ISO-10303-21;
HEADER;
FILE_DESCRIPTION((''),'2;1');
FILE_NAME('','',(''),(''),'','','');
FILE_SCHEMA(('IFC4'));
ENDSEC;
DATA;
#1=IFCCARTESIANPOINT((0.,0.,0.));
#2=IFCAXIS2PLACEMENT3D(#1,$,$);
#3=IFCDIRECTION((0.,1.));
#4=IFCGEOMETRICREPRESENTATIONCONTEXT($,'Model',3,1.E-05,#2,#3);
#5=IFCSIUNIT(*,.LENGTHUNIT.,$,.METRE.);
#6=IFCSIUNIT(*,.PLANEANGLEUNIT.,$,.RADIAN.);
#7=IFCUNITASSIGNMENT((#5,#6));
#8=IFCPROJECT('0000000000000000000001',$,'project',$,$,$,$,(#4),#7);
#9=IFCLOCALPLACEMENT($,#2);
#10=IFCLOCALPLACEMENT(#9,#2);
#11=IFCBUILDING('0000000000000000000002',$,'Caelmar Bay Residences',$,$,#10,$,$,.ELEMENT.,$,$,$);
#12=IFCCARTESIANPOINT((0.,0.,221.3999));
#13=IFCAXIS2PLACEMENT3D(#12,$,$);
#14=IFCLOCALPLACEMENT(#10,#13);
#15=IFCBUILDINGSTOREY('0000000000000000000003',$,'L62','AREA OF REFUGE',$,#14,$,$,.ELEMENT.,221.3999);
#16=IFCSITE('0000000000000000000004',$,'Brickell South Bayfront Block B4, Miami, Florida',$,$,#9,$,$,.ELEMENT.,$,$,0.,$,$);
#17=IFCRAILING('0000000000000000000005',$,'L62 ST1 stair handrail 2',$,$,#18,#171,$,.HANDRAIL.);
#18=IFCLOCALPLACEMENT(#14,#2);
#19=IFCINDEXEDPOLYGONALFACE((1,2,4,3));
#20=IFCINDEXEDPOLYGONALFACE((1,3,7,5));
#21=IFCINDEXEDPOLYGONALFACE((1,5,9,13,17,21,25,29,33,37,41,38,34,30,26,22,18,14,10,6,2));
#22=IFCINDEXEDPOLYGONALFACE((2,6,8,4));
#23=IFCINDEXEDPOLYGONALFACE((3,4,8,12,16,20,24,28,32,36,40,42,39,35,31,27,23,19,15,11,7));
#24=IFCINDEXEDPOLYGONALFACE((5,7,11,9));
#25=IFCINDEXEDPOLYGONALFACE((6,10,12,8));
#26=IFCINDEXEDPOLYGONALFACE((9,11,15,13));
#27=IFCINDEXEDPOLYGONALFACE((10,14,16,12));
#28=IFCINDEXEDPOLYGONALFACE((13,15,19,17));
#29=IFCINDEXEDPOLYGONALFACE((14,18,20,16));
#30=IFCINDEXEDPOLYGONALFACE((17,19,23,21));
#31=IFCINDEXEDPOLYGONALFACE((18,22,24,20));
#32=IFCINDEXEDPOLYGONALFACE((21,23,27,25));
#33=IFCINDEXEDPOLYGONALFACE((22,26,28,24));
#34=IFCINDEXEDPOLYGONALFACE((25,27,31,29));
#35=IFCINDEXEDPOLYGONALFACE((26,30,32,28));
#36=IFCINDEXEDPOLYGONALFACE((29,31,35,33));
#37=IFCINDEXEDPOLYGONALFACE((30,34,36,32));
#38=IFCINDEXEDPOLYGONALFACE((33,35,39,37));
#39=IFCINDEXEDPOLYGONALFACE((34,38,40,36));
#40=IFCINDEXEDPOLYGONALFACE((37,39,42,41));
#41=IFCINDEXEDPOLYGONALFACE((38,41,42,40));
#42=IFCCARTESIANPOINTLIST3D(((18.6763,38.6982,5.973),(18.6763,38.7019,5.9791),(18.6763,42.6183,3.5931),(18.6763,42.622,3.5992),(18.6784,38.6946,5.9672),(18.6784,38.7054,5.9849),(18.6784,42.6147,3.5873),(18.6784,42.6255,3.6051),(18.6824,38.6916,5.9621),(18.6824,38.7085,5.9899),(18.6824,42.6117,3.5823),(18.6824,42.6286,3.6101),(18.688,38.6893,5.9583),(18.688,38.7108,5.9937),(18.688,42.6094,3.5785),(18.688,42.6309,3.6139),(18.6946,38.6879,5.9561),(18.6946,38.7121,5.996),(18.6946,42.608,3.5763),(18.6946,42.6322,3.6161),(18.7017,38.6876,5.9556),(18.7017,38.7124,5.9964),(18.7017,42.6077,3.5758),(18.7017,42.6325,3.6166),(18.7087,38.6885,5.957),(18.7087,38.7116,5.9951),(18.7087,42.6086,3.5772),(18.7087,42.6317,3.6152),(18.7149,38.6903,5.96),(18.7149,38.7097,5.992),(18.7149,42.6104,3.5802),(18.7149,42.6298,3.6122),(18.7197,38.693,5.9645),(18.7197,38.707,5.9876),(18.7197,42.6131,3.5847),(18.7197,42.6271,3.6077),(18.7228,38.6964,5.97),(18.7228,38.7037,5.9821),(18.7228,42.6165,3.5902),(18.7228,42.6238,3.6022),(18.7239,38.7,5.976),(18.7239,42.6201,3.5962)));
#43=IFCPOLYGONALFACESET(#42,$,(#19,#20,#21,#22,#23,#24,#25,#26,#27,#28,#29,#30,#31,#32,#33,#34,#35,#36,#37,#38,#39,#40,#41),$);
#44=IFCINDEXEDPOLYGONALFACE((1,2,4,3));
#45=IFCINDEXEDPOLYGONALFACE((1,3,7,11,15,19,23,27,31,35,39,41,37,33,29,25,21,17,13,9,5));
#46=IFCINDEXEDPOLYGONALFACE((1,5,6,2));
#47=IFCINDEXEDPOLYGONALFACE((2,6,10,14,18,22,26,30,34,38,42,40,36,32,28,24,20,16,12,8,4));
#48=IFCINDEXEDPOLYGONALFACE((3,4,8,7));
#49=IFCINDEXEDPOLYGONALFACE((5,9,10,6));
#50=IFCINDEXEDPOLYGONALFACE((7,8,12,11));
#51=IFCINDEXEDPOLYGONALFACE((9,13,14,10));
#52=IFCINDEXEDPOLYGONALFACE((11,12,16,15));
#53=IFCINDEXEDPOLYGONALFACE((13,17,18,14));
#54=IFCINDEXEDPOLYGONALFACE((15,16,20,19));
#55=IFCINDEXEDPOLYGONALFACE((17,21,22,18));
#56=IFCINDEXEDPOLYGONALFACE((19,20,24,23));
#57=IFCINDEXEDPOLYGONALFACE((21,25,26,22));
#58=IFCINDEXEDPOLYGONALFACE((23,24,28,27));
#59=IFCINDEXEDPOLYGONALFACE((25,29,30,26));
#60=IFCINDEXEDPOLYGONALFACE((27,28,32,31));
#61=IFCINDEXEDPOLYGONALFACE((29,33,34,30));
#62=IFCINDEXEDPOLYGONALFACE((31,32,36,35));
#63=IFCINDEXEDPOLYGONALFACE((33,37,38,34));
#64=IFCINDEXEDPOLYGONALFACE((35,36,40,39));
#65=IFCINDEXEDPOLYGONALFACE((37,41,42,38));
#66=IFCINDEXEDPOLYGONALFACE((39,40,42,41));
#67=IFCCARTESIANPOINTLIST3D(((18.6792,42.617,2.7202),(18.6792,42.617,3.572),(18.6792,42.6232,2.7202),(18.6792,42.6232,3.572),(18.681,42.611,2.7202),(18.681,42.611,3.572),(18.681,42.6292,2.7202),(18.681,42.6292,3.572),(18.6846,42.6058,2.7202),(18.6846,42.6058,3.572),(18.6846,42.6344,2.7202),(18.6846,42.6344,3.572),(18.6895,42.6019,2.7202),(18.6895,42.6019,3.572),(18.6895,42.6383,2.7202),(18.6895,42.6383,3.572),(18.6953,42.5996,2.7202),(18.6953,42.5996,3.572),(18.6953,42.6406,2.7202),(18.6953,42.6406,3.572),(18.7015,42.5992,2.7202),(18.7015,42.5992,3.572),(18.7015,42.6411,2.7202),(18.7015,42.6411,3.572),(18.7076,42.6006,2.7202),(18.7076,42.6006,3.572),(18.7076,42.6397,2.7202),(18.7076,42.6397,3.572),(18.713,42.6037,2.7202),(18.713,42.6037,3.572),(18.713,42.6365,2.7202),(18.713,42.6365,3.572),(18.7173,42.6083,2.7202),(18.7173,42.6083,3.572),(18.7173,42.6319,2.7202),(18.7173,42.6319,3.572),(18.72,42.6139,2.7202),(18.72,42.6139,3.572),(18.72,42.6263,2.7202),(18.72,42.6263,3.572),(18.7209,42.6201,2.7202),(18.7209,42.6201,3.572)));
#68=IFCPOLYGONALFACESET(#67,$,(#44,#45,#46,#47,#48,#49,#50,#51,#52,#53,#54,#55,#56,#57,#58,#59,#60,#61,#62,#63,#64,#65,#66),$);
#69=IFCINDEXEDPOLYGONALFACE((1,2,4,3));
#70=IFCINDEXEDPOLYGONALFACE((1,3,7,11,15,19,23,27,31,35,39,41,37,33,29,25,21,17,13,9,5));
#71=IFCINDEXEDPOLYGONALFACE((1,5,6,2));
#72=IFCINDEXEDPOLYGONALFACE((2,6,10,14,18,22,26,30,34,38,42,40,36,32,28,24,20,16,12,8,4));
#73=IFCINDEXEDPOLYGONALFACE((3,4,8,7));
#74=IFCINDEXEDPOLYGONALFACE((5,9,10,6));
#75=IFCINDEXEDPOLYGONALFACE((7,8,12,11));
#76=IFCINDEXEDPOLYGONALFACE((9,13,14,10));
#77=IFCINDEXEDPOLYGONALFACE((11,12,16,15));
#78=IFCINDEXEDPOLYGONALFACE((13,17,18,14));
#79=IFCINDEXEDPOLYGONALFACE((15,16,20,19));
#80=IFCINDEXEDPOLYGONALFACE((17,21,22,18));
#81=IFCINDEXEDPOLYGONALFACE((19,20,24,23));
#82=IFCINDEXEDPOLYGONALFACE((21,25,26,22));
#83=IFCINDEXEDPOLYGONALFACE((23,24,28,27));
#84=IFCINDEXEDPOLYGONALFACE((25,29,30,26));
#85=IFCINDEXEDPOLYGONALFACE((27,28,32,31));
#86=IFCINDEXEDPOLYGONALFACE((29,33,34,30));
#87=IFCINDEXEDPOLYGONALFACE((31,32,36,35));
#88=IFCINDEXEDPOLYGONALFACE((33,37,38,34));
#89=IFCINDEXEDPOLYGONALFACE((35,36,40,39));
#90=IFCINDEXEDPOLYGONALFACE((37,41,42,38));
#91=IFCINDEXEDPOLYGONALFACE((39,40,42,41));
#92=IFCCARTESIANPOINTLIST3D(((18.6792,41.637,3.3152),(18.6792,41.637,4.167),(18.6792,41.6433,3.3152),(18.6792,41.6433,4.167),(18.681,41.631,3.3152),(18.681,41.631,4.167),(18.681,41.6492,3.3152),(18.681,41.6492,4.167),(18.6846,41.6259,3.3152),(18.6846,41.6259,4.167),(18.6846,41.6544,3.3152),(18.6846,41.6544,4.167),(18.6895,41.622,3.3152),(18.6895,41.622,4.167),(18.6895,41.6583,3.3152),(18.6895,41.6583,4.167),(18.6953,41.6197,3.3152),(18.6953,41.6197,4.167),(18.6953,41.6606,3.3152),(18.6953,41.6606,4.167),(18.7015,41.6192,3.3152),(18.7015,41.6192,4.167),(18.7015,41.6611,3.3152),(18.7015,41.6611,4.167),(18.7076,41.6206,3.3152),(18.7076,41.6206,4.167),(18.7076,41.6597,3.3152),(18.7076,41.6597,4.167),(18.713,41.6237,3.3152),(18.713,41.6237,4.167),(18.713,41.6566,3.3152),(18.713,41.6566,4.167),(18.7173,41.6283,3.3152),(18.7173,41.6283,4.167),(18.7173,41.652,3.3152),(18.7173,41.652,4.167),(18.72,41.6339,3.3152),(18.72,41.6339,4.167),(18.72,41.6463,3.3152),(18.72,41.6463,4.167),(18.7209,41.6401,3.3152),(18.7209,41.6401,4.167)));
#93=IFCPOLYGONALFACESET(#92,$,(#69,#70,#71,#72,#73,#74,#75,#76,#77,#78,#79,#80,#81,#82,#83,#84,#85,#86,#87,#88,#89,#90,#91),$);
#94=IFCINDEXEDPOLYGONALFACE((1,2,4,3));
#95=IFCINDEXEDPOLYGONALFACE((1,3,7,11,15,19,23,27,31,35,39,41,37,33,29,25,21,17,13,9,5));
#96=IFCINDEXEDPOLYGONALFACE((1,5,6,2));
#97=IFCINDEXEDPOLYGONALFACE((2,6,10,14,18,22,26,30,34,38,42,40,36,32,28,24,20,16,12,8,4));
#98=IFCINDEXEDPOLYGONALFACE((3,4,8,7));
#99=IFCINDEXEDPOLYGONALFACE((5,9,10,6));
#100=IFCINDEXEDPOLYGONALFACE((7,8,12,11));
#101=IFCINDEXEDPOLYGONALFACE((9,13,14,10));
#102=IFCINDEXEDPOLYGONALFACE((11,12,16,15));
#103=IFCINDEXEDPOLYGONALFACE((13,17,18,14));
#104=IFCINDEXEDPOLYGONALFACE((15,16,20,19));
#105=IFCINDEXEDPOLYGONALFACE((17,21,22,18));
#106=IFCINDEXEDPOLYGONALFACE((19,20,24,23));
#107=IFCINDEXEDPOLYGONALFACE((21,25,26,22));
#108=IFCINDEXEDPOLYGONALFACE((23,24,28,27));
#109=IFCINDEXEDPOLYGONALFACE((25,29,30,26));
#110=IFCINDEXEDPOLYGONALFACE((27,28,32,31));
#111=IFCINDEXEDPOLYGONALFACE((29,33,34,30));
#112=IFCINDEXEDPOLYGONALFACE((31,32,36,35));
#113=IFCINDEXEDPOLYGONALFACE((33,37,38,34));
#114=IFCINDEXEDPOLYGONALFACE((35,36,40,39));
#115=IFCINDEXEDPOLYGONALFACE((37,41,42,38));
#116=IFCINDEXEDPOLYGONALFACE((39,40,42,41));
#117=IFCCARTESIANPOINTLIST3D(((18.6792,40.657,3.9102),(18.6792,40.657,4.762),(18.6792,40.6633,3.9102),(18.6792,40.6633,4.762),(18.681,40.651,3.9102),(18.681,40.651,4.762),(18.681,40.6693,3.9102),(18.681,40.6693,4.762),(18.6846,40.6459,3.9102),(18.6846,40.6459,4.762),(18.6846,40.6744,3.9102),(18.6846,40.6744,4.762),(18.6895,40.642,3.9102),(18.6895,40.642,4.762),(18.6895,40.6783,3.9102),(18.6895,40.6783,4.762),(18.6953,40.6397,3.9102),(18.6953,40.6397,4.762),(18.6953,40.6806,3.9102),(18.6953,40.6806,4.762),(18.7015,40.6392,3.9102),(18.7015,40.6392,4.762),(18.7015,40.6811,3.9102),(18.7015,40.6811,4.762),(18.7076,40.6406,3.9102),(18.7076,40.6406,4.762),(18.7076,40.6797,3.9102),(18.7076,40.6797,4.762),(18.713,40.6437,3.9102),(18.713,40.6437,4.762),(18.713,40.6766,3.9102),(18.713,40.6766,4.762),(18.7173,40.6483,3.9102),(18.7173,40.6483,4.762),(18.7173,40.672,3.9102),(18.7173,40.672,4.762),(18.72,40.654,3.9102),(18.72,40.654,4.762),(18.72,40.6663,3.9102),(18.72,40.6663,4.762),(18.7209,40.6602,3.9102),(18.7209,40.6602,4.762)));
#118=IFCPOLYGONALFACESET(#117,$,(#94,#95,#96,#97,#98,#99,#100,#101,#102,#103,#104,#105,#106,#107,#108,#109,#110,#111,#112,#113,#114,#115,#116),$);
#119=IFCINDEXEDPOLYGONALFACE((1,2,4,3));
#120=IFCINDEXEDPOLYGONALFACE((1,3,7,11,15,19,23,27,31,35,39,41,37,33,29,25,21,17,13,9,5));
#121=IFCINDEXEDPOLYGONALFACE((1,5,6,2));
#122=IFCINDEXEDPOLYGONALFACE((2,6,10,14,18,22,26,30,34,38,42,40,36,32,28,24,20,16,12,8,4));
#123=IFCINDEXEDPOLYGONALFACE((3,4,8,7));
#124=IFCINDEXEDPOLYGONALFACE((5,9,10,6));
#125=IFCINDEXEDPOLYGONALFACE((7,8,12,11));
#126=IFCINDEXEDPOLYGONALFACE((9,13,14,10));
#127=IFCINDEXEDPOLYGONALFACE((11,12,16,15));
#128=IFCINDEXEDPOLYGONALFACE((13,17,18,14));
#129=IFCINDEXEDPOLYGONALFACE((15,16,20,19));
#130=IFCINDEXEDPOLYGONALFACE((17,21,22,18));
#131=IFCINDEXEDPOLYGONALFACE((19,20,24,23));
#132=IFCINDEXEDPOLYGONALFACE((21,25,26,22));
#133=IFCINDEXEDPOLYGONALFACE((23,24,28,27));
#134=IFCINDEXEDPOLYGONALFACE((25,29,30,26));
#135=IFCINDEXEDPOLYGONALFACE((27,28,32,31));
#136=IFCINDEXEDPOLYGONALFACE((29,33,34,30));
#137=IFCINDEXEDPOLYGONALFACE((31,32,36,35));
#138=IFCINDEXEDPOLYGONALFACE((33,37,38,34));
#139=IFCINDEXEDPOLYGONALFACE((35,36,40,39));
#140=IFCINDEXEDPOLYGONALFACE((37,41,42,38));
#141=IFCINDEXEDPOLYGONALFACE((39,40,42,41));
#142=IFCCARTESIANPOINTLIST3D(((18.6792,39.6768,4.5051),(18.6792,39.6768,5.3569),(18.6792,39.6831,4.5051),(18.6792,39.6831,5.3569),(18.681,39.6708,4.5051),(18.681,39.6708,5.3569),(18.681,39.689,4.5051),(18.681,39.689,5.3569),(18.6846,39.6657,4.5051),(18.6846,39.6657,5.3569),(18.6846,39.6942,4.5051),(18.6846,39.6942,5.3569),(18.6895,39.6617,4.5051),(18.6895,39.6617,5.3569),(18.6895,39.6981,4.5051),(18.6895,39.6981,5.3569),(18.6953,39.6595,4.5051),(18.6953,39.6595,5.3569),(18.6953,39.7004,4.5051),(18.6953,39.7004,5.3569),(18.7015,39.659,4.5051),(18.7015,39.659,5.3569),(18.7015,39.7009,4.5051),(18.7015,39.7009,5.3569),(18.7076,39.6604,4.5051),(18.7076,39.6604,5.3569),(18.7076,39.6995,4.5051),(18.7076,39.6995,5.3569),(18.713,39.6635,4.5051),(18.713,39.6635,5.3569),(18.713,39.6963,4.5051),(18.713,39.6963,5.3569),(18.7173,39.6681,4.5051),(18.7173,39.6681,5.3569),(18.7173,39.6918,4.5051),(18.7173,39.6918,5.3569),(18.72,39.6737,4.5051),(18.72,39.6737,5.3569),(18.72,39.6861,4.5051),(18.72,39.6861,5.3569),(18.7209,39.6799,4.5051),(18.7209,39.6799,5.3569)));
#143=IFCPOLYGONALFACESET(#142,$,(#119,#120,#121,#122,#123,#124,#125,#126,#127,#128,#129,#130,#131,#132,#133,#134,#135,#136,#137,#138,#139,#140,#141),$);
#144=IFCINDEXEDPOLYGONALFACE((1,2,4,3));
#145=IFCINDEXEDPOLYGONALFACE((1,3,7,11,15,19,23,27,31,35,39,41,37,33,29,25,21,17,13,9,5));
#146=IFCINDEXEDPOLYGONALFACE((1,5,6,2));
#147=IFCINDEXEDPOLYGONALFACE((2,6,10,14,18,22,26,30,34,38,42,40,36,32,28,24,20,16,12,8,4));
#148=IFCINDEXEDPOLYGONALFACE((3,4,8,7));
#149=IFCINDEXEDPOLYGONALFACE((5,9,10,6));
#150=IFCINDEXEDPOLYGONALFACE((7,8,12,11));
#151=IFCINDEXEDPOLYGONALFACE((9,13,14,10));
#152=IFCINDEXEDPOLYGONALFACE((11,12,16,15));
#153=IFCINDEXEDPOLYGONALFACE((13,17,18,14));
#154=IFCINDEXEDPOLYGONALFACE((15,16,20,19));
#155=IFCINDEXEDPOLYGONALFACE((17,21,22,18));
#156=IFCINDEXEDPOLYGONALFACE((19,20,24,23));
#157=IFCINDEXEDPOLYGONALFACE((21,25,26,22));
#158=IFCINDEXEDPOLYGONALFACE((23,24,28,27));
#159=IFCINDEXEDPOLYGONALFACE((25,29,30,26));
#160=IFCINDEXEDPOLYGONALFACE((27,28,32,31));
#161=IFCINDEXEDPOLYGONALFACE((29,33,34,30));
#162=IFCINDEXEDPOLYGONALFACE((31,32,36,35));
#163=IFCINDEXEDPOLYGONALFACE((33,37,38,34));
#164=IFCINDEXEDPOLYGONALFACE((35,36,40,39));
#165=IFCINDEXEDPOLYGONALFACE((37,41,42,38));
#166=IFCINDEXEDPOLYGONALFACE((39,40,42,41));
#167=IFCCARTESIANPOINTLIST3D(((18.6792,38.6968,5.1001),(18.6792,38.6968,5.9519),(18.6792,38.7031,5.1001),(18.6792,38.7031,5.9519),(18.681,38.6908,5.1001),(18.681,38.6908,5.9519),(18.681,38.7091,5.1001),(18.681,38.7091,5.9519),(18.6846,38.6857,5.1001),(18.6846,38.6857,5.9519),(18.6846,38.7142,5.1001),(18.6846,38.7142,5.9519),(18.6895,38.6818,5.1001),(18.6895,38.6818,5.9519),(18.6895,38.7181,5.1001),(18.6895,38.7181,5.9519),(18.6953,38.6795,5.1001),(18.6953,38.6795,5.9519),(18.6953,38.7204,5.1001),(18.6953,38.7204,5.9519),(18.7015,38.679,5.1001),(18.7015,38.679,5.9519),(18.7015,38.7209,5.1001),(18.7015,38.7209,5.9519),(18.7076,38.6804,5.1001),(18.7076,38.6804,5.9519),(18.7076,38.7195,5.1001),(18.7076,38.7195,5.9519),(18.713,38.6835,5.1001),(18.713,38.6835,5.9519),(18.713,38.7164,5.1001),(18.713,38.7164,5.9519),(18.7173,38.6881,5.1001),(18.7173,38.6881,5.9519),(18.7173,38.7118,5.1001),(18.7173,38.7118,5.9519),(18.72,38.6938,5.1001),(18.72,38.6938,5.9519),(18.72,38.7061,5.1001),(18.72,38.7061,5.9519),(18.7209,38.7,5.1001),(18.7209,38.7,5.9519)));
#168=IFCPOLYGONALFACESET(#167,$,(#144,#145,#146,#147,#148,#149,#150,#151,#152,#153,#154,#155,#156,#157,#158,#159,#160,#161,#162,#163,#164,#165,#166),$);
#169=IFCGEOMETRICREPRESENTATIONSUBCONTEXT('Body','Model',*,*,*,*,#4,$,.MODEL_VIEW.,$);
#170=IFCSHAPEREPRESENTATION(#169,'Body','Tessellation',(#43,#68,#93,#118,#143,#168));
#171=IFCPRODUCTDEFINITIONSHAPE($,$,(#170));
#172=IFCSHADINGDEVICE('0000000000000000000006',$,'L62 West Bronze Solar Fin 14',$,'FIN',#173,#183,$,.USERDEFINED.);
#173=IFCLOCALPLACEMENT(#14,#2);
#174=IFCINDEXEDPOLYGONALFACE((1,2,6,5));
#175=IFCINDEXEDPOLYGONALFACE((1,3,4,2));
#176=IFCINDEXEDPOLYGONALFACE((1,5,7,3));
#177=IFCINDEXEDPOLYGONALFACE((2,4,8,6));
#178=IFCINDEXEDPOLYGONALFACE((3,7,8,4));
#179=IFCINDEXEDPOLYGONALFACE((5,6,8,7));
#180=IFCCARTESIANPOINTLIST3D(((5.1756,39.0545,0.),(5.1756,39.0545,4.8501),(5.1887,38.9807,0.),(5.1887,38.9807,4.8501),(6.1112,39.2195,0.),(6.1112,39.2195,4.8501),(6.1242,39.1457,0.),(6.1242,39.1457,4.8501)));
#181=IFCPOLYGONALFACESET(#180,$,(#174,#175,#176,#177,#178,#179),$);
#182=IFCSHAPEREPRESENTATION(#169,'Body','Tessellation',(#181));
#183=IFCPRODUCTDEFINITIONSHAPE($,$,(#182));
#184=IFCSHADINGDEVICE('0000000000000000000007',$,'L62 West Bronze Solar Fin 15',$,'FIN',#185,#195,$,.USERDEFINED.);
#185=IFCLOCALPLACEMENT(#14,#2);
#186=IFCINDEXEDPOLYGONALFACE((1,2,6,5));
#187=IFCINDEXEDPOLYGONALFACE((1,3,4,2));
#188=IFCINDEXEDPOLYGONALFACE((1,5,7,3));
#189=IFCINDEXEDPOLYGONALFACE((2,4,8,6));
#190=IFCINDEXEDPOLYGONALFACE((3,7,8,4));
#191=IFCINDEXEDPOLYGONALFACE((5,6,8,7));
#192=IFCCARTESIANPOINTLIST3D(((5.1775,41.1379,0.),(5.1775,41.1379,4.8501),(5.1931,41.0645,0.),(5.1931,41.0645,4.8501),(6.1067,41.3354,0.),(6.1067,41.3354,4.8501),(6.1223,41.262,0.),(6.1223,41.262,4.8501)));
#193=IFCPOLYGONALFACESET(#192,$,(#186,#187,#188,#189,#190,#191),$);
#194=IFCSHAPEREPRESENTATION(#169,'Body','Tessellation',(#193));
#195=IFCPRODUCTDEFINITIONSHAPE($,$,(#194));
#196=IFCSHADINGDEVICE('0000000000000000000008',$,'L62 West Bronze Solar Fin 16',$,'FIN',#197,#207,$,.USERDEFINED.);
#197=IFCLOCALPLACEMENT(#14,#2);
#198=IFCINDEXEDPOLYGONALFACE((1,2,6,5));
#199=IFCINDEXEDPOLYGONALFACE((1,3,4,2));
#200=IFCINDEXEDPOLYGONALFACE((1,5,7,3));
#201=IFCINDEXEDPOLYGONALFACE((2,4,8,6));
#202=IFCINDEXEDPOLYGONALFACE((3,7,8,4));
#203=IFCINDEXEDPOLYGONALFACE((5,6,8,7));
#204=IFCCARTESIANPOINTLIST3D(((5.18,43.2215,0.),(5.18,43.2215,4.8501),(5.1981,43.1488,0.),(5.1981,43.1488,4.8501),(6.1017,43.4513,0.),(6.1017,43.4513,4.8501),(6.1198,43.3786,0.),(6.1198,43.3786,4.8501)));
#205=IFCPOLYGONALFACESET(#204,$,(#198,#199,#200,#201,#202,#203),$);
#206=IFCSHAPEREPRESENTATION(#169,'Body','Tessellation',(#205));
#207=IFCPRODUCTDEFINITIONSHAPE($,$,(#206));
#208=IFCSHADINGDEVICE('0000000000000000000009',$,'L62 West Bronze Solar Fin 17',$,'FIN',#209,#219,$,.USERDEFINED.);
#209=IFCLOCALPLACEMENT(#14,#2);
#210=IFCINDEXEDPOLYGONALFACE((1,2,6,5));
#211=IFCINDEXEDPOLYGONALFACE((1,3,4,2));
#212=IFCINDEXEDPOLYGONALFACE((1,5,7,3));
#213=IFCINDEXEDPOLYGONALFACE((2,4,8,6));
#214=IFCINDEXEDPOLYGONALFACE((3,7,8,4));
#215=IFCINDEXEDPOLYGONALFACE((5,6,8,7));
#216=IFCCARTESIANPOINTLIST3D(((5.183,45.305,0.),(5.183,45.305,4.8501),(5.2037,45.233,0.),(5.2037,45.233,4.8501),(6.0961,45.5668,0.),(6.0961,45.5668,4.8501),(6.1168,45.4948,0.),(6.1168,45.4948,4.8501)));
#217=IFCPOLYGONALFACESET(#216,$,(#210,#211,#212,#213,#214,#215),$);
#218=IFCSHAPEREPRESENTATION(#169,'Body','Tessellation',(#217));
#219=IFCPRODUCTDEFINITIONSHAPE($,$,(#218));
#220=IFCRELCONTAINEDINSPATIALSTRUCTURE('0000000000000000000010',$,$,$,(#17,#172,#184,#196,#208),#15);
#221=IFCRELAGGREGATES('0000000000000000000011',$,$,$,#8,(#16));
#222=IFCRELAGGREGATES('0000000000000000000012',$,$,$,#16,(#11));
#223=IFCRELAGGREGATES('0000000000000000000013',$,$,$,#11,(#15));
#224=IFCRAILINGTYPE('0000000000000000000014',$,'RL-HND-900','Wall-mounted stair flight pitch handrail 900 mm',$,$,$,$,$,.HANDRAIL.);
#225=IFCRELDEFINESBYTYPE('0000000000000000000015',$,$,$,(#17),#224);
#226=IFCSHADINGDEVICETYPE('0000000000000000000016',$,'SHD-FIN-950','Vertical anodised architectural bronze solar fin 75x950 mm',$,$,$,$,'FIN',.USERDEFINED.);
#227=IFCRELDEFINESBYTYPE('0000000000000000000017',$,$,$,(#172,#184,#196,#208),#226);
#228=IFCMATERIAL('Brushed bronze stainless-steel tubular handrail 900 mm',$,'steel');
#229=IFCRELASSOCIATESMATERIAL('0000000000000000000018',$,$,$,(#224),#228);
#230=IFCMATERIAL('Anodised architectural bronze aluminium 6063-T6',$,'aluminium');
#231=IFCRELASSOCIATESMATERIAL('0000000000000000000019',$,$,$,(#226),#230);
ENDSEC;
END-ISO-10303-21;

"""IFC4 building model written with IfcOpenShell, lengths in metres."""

from ifc_helpers import new_model, si_unit, direction, frame, origin, origin_2d, place, context, subcontext, project, spatial, rectangle, circle, extrude, material, material_profile, profile_set, type_object, element, save


model = new_model("IFC4")

# Units and contexts
model_context = context("Model", 3, precision=1e-05, world=origin(), true_north=direction((0.0, 1.0)))
body_context = subcontext(model_context, "Body", "Model", "MODEL_VIEW")
ifc_project = project(units=[si_unit("LENGTHUNIT", "METRE"), si_unit("PLANEANGLEUNIT", "RADIAN")], contexts=[model_context])

# Site, building, storey
site_placement = place(None, origin())
site = spatial("IfcSite", under=ifc_project, at=site_placement, Name="Brickell South Bayfront Block B4, Miami, Florida", CompositionType="ELEMENT", RefElevation=0.0)
building_placement = place(site_placement, origin())
building = spatial("IfcBuilding", under=site, at=building_placement, Name="Caelmar Bay Residences", CompositionType="ELEMENT")
storey_placement = place(building_placement, frame((0.0, 0.0, 221.3999)))
storey = spatial("IfcBuildingStorey", under=building, at=storey_placement, Name="L62", Description="AREA OF REFUGE", CompositionType="ELEMENT", Elevation=221.3999)

# Railing
ifc_material_1 = material(Name="Brushed bronze stainless-steel tubular handrail 900 mm", Category="steel")
railing_type = type_object("IfcRailingType", Name="RL-HND-900", Description="Wall-mounted stair flight pitch handrail 900 mm", PredefinedType="HANDRAIL", material=ifc_material_1)
railing_placement = place(storey_placement, frame((18.7, 42.6201, 2.7202)))
element("IfcRailing", 1, at=railing_placement, inside=storey, type_object=railing_type, Name="L62 ST1 stair handrail 2", PredefinedType="HANDRAIL", context=body_context, shape_type="SweptSolid", body=[
    extrude(circle(Radius=0.0239, at=origin_2d()), frame((0.0, 0.0, 0.876), z_axis=(0.0, -0.854809, 0.518943), x_axis=(1.0, 0.0, 0.0)), (0.0, 0.0, 1.0), 4.5859),
    extrude(circle(Radius=0.021, at=origin_2d()), origin(), (0.0, 0.0, 1.0), 0.8518),
    extrude(circle(Radius=0.021, at=origin_2d()), frame((0.0, -0.98, 0.595)), (0.0, 0.0, 1.0), 0.8518),
    extrude(circle(Radius=0.021, at=origin_2d()), frame((0.0, -1.96, 1.1899)), (0.0, 0.0, 1.0), 0.8518),
    extrude(circle(Radius=0.021, at=origin_2d()), frame((0.0, -2.9402, 1.7849)), (0.0, 0.0, 1.0), 0.8518),
    extrude(circle(Radius=0.021, at=origin_2d()), frame((0.0, -3.9202, 2.3799)), (0.0, 0.0, 1.0), 0.8518),
])

# Shading devices
ifc_material_2 = material(Name="Anodised architectural bronze aluminium 6063-T6", Category="aluminium")
ifc_material_profile_1 = material_profile(ifc_material_2, rectangle(XDim=0.075, YDim=0.95, at=origin_2d()), Name="BRONZE-FIN-75X950")
ifc_profile_set_1 = profile_set([ifc_material_profile_1], Name="Anodised architectural bronze aluminium 6063-T6")
shading_device_type = type_object("IfcShadingDeviceType", Name="SHD-FIN-950", Description="Vertical anodised architectural bronze solar fin 75x950 mm", ElementType="FIN", PredefinedType="USERDEFINED", material=ifc_profile_set_1)
for number, where, z_axis, x_axis, name in (
    (2, (5.6499, 39.1001, 0.0), (0.0, 0.0, 1.0), (-0.173648, 0.984808, 0.0), "L62 West Bronze Solar Fin 14"),
    (3, (5.6499, 41.2, 0.0), (0.0, 0.0, 1.0), (-0.207912, 0.978148, 0.0), "L62 West Bronze Solar Fin 15"),
    (4, (5.6499, 43.3, 0.0), (0.0, 0.0, 1.0), (-0.241922, 0.970296, 0.0), "L62 West Bronze Solar Fin 16"),
    (5, (5.6499, 45.3999, 0.0), (0.0, 0.0, 1.0), (-0.275637, 0.961262, 0.0), "L62 West Bronze Solar Fin 17"),
):
    element("IfcShadingDevice", number, at=place(storey_placement, frame(where, z_axis=z_axis, x_axis=x_axis)), inside=storey, type_object=shading_device_type, Name=name, ObjectType="FIN", PredefinedType="USERDEFINED", context=body_context, shape_type="SweptSolid", body=[
        extrude(rectangle(XDim=0.075, YDim=0.95, at=origin_2d()), origin(), (0.0, 0.0, 1.0), 4.8501),
    ])

save(model, "model.ifc")
